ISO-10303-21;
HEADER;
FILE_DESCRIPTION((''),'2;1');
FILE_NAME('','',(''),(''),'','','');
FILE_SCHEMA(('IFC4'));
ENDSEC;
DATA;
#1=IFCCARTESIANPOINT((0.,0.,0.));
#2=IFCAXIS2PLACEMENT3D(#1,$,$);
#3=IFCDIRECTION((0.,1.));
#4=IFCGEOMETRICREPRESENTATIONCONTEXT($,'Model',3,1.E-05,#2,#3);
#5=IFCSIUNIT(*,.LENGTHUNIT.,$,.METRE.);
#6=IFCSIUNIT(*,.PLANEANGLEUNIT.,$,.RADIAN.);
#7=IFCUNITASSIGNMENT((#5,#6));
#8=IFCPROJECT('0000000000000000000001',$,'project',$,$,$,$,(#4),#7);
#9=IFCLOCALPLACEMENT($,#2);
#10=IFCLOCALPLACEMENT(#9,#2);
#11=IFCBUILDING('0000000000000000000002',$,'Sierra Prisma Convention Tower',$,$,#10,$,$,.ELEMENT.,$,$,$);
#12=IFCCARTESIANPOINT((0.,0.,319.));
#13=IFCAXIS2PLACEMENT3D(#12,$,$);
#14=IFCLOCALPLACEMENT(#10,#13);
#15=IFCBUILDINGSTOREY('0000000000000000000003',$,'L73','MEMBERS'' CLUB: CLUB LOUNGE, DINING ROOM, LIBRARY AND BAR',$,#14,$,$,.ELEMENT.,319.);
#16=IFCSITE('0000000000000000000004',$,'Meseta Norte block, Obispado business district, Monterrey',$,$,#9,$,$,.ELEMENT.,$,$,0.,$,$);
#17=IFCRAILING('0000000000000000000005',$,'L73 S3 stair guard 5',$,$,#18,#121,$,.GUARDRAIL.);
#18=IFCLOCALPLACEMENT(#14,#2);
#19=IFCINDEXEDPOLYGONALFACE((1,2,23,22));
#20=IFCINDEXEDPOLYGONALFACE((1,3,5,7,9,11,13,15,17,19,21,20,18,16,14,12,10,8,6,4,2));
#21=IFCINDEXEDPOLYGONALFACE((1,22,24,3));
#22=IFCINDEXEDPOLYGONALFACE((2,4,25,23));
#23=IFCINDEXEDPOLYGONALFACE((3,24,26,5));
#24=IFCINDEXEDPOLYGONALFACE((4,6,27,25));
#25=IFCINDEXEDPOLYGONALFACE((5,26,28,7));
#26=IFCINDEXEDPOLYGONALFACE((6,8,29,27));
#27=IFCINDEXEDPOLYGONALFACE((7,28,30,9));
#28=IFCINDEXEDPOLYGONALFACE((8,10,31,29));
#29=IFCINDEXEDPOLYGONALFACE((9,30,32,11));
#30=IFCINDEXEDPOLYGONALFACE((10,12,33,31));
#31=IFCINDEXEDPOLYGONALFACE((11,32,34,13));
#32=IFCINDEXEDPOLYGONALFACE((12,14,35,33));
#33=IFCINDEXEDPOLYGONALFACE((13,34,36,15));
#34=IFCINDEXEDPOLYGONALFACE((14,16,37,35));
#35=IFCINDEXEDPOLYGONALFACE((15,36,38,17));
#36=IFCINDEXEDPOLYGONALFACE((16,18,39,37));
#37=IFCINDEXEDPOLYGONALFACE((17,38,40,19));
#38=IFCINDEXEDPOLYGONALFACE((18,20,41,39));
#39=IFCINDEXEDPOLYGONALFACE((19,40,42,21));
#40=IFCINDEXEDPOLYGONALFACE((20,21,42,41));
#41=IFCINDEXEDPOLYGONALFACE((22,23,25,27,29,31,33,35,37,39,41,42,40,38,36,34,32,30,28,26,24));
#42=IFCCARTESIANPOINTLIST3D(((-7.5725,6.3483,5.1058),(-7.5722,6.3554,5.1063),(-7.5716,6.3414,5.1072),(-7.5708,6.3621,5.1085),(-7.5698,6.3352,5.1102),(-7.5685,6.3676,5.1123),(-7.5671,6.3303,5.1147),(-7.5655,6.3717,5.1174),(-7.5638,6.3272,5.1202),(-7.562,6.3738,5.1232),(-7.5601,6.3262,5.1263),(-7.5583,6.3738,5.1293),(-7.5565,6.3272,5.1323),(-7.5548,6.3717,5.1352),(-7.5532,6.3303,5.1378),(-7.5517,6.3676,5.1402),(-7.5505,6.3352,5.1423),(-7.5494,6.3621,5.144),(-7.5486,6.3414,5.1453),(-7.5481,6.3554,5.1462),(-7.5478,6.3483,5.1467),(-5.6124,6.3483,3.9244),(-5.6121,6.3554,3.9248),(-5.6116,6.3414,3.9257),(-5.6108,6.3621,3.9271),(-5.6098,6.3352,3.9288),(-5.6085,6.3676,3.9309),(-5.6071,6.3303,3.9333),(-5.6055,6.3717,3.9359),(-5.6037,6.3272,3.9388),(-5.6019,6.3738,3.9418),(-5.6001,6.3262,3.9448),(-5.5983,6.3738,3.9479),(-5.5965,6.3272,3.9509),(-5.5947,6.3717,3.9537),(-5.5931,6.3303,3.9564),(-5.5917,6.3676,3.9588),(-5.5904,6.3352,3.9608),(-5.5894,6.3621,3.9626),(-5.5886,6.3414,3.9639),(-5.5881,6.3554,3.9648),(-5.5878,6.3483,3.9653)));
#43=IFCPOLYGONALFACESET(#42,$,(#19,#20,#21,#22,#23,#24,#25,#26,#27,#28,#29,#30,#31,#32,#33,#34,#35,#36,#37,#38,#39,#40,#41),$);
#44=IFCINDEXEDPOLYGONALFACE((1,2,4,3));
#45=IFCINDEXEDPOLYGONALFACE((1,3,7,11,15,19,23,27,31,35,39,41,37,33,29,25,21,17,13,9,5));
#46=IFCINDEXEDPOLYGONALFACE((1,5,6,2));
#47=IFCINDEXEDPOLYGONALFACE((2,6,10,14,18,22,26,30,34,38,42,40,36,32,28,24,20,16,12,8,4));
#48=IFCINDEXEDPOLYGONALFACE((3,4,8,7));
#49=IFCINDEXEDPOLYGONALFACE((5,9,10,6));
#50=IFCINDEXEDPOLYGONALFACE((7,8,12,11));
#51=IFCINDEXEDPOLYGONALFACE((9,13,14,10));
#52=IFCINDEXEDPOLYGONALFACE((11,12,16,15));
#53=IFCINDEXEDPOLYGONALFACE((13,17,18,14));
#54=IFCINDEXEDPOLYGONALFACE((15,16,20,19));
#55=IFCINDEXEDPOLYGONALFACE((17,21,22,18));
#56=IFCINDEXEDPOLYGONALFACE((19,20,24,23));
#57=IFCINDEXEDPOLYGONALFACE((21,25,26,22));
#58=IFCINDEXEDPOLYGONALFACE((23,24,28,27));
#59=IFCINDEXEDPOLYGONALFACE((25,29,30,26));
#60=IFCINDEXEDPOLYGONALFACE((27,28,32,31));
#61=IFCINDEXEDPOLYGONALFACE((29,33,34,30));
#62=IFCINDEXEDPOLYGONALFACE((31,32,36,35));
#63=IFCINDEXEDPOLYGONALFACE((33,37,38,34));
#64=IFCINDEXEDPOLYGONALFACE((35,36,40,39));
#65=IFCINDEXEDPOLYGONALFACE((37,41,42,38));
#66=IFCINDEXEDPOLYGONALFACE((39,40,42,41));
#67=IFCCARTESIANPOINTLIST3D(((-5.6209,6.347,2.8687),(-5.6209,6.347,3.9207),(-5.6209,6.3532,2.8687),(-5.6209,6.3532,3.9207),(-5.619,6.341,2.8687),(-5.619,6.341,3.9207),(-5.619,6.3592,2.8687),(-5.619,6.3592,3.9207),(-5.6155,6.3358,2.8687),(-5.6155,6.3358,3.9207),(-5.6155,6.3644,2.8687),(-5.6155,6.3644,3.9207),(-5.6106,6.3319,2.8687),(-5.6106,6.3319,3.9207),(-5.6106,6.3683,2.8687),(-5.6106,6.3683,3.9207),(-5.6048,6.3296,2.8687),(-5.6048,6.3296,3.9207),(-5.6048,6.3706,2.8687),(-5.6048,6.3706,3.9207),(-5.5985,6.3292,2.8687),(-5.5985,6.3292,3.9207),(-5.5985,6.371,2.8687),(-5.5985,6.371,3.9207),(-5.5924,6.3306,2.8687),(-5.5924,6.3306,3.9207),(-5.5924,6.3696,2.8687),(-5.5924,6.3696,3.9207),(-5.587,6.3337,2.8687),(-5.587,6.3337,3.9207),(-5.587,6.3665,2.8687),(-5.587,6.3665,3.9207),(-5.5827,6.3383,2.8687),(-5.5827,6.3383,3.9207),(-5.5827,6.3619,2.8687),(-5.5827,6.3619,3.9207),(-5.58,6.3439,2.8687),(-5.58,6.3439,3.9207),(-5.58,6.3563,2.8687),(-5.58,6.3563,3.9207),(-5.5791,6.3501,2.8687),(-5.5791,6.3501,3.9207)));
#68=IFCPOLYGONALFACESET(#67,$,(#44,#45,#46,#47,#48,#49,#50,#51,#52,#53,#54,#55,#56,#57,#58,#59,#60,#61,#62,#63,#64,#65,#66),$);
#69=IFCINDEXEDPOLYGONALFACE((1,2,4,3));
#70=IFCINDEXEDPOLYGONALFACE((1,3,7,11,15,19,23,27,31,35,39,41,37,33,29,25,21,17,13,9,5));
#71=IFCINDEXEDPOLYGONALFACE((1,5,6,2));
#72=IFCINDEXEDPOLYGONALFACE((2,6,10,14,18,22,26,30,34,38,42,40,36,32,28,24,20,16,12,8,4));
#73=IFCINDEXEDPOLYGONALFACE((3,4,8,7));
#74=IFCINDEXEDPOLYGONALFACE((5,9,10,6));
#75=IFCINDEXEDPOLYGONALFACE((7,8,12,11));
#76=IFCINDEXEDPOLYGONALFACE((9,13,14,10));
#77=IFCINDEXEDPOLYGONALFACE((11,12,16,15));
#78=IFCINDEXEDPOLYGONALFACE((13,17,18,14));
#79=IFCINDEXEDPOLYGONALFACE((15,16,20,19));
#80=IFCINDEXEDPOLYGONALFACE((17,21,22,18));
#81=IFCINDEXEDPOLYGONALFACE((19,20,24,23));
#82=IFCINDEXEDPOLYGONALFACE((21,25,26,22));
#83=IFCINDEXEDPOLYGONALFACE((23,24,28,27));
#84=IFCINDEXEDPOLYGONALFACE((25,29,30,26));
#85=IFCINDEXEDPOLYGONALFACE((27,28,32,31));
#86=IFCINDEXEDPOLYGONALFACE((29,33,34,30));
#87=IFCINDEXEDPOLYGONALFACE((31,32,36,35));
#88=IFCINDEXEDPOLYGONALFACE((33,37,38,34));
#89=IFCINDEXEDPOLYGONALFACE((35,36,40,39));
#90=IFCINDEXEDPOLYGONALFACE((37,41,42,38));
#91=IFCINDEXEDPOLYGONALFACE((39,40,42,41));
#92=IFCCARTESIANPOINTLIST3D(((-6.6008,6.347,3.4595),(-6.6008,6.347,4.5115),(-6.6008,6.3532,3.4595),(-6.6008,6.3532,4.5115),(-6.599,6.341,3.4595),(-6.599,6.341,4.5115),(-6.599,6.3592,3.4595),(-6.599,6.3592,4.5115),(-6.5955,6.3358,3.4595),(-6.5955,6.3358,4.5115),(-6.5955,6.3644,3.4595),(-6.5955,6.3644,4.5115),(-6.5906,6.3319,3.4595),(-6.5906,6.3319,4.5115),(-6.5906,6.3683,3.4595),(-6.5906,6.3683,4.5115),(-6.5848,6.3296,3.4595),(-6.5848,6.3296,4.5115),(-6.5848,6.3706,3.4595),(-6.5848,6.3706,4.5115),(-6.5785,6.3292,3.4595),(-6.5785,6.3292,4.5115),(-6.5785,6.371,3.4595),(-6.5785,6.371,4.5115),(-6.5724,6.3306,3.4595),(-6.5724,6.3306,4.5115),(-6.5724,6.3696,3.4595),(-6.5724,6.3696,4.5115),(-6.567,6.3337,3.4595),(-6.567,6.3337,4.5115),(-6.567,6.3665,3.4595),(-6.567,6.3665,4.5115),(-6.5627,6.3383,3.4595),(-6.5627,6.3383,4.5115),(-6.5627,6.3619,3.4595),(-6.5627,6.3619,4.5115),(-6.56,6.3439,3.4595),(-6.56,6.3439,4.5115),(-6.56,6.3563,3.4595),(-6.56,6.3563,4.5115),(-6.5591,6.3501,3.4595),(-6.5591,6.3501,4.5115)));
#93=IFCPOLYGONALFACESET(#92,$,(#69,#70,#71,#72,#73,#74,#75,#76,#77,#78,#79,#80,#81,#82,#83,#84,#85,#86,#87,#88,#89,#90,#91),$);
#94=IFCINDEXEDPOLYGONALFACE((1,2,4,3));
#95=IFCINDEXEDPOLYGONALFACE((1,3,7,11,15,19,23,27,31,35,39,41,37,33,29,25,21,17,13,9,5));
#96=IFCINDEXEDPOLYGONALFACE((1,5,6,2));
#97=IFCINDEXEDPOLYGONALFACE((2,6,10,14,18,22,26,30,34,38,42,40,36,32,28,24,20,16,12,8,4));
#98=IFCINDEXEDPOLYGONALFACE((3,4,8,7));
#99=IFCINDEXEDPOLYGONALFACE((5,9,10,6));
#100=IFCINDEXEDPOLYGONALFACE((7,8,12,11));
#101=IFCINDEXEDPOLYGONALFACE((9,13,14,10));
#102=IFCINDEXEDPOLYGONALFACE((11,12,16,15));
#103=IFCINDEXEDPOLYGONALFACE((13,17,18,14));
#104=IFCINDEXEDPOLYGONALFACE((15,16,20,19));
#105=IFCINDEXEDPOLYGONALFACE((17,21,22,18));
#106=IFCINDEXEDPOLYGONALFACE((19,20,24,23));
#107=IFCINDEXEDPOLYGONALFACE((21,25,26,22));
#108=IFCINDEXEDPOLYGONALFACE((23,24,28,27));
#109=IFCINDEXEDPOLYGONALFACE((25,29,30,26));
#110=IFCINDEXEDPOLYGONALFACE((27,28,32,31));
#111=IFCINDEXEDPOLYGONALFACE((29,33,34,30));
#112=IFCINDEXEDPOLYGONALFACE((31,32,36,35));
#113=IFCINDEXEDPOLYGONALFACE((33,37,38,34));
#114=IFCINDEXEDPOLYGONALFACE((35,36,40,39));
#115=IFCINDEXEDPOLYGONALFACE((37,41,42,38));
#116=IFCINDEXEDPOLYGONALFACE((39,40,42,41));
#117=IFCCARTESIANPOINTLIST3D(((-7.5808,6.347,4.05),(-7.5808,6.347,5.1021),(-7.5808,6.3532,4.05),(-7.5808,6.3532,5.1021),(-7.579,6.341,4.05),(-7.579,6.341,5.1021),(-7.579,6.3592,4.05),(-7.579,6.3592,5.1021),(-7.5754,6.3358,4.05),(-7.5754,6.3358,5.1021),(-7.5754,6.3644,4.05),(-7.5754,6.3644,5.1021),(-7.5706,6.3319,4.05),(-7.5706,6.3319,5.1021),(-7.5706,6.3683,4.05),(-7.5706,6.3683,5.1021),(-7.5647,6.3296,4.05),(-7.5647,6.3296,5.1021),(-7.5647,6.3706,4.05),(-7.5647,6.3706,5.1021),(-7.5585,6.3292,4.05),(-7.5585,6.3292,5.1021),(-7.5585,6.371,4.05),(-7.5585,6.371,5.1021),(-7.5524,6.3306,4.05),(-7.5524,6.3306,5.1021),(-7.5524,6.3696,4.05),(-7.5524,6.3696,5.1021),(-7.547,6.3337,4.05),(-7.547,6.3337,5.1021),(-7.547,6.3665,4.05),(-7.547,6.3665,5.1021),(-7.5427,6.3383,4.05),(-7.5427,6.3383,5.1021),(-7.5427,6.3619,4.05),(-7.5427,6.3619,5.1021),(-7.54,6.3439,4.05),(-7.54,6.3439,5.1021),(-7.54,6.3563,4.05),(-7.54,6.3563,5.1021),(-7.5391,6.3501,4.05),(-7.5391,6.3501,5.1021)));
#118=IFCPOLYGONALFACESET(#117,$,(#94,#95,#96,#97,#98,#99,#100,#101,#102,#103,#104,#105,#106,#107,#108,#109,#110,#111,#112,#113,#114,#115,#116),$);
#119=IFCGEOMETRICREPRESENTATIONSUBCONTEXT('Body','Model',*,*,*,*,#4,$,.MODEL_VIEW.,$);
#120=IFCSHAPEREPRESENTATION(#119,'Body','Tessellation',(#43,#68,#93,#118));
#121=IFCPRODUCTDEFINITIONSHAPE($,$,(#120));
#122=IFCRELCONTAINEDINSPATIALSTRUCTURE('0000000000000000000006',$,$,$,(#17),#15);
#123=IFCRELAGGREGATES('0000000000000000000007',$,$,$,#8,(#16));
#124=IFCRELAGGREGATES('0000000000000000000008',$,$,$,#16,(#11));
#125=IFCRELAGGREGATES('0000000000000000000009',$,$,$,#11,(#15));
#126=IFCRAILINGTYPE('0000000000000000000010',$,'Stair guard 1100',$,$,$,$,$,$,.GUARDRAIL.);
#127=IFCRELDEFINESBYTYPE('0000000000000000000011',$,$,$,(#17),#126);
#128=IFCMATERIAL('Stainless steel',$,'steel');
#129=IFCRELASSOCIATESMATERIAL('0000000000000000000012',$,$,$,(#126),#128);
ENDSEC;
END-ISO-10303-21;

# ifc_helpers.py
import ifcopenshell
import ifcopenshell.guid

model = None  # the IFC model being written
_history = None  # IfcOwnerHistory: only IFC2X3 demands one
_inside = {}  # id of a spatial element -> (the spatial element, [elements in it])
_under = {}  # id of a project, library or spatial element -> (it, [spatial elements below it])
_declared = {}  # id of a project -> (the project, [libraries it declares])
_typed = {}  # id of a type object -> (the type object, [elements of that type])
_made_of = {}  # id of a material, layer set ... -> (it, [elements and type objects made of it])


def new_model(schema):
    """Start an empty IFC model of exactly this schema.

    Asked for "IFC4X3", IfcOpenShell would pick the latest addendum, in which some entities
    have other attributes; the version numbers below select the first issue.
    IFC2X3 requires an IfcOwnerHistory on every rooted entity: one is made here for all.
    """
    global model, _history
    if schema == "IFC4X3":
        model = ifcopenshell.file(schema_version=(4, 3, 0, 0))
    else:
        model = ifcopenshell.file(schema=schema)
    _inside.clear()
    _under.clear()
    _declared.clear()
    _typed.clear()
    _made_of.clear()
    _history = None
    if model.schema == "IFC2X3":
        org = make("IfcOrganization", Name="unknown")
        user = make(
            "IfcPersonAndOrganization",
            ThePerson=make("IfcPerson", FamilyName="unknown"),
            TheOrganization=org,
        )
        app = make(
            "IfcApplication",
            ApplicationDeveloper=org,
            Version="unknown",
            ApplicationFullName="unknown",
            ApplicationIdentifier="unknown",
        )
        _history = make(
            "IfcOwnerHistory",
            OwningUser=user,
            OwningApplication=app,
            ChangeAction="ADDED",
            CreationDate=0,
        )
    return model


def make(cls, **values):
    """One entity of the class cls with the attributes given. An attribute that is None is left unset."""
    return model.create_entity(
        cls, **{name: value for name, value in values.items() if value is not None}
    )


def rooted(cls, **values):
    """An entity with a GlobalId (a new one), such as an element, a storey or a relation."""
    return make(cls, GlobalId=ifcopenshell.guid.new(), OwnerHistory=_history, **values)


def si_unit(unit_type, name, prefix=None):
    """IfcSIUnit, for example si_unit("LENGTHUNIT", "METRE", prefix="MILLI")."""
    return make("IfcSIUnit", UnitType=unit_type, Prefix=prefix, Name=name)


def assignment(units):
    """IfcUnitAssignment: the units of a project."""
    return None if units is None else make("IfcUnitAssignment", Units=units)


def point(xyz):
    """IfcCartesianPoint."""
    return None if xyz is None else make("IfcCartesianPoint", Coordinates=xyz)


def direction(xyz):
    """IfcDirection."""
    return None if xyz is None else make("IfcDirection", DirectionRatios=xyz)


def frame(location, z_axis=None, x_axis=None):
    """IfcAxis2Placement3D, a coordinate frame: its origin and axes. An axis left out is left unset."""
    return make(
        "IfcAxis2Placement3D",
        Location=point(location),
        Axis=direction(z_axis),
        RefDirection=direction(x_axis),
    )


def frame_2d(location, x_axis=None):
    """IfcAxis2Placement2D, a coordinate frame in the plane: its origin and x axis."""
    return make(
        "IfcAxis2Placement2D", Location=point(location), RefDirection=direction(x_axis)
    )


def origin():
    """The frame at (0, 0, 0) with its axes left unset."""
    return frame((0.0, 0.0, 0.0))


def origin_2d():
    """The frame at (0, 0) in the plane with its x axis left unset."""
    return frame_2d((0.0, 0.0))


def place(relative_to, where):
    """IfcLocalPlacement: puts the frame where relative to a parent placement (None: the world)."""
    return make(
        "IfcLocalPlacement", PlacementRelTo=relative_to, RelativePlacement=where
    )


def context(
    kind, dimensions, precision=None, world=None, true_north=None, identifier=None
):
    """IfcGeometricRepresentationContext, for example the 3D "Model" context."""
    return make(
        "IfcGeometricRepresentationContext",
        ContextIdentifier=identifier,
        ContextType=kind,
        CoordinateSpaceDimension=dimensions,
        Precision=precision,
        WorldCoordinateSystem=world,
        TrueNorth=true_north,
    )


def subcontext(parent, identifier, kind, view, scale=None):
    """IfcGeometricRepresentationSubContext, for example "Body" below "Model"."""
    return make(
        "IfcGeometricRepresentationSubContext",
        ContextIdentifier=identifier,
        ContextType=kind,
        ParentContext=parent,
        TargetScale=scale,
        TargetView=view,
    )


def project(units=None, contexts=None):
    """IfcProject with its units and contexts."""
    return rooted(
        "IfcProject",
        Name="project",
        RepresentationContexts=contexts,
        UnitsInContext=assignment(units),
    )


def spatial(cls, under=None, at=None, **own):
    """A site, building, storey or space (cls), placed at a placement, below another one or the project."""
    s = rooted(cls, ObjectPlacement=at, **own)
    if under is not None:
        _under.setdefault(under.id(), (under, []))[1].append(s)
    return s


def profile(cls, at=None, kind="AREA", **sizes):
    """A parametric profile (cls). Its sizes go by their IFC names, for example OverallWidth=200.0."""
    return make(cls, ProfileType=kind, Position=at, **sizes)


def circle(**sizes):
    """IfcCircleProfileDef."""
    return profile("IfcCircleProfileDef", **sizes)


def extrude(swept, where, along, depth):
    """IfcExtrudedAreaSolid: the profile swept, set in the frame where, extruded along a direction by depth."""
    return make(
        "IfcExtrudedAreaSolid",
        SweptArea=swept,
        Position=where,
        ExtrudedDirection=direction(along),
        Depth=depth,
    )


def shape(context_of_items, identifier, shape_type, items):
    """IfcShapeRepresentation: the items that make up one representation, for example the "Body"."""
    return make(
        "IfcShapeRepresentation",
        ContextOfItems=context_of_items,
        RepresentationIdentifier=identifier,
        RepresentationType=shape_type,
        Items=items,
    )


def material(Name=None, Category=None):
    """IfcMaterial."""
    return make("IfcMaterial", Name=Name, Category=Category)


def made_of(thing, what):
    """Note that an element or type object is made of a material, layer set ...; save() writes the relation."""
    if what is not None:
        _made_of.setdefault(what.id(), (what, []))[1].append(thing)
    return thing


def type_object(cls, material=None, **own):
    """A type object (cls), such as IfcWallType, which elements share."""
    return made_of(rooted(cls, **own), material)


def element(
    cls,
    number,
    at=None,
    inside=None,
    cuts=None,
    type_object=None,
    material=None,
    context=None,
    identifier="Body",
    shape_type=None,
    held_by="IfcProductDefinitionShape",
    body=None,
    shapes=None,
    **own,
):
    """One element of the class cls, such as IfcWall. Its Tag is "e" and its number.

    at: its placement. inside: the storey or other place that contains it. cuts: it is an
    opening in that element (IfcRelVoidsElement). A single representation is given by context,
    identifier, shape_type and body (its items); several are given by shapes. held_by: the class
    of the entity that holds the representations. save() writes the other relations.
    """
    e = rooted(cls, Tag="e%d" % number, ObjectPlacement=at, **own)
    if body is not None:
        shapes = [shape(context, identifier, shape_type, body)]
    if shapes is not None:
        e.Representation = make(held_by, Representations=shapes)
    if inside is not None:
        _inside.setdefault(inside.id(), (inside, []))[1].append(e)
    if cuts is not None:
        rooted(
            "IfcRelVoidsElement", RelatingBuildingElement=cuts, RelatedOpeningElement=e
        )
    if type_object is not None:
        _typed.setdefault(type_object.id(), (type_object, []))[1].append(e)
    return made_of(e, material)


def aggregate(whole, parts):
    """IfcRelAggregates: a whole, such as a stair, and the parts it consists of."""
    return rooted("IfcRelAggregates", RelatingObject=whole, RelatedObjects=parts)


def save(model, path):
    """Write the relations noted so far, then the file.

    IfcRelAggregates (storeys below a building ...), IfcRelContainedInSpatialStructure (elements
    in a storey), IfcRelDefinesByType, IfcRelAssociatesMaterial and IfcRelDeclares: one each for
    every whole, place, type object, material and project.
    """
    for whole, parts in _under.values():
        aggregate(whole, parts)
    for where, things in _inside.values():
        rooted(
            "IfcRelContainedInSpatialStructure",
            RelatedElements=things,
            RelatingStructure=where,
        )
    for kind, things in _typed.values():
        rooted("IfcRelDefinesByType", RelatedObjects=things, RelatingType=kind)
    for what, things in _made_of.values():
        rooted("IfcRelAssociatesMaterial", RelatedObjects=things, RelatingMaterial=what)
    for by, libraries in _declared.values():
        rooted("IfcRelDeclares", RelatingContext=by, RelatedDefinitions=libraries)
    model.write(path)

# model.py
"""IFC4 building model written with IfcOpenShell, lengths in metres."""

from ifc_helpers import new_model, si_unit, direction, frame, origin, origin_2d, place, context, subcontext, project, spatial, circle, extrude, material, type_object, element, save


model = new_model("IFC4")

# Units and contexts
model_context = context("Model", 3, precision=1e-05, world=origin(), true_north=direction((0.0, 1.0)))
body_context = subcontext(model_context, "Body", "Model", "MODEL_VIEW")
ifc_project = project(units=[si_unit("LENGTHUNIT", "METRE"), si_unit("PLANEANGLEUNIT", "RADIAN")], contexts=[model_context])

# Site, building, storey
site_placement = place(None, origin())
site = spatial("IfcSite", under=ifc_project, at=site_placement, Name="Meseta Norte block, Obispado business district, Monterrey", CompositionType="ELEMENT", RefElevation=0.0)
building_placement = place(site_placement, origin())
building = spatial("IfcBuilding", under=site, at=building_placement, Name="Sierra Prisma Convention Tower", CompositionType="ELEMENT")
storey_placement = place(building_placement, frame((0.0, 0.0, 319.0)))
storey = spatial("IfcBuildingStorey", under=building, at=storey_placement, Name="L73", Description="MEMBERS' CLUB: CLUB LOUNGE, DINING ROOM, LIBRARY AND BAR", CompositionType="ELEMENT", Elevation=319.0)

# Railing
ifc_material_1 = material(Name="Stainless steel", Category="steel")
railing_type_1 = type_object("IfcRailingType", Name="Stair guard 1100", PredefinedType="GUARDRAIL", material=ifc_material_1)
railing_placement = place(storey_placement, frame((-5.6001, 6.3501, 2.8687)))
element("IfcRailing", 1, at=railing_placement, inside=storey, type_object=railing_type_1, Name="L73 S3 stair guard 5", PredefinedType="GUARDRAIL", context=body_context, shape_type="SweptSolid", body=[
    extrude(circle(Radius=0.0239, at=origin_2d()), frame((0.0, 0.0, 1.0762), z_axis=(-0.856446, 0.0, 0.516236), x_axis=(0.0, -1.0, 0.0)), (0.0, 0.0, 1.0), 2.2886),
    extrude(circle(Radius=0.021, at=origin_2d()), origin(), (0.0, 0.0, 1.0), 1.052),
    extrude(circle(Radius=0.021, at=origin_2d()), frame((-0.98, 0.0, 0.5908)), (0.0, 0.0, 1.0), 1.052),
    extrude(circle(Radius=0.021, at=origin_2d()), frame((-1.96, 0.0, 1.1814)), (0.0, 0.0, 1.0), 1.052),
])

save(model, "model.ifc")
